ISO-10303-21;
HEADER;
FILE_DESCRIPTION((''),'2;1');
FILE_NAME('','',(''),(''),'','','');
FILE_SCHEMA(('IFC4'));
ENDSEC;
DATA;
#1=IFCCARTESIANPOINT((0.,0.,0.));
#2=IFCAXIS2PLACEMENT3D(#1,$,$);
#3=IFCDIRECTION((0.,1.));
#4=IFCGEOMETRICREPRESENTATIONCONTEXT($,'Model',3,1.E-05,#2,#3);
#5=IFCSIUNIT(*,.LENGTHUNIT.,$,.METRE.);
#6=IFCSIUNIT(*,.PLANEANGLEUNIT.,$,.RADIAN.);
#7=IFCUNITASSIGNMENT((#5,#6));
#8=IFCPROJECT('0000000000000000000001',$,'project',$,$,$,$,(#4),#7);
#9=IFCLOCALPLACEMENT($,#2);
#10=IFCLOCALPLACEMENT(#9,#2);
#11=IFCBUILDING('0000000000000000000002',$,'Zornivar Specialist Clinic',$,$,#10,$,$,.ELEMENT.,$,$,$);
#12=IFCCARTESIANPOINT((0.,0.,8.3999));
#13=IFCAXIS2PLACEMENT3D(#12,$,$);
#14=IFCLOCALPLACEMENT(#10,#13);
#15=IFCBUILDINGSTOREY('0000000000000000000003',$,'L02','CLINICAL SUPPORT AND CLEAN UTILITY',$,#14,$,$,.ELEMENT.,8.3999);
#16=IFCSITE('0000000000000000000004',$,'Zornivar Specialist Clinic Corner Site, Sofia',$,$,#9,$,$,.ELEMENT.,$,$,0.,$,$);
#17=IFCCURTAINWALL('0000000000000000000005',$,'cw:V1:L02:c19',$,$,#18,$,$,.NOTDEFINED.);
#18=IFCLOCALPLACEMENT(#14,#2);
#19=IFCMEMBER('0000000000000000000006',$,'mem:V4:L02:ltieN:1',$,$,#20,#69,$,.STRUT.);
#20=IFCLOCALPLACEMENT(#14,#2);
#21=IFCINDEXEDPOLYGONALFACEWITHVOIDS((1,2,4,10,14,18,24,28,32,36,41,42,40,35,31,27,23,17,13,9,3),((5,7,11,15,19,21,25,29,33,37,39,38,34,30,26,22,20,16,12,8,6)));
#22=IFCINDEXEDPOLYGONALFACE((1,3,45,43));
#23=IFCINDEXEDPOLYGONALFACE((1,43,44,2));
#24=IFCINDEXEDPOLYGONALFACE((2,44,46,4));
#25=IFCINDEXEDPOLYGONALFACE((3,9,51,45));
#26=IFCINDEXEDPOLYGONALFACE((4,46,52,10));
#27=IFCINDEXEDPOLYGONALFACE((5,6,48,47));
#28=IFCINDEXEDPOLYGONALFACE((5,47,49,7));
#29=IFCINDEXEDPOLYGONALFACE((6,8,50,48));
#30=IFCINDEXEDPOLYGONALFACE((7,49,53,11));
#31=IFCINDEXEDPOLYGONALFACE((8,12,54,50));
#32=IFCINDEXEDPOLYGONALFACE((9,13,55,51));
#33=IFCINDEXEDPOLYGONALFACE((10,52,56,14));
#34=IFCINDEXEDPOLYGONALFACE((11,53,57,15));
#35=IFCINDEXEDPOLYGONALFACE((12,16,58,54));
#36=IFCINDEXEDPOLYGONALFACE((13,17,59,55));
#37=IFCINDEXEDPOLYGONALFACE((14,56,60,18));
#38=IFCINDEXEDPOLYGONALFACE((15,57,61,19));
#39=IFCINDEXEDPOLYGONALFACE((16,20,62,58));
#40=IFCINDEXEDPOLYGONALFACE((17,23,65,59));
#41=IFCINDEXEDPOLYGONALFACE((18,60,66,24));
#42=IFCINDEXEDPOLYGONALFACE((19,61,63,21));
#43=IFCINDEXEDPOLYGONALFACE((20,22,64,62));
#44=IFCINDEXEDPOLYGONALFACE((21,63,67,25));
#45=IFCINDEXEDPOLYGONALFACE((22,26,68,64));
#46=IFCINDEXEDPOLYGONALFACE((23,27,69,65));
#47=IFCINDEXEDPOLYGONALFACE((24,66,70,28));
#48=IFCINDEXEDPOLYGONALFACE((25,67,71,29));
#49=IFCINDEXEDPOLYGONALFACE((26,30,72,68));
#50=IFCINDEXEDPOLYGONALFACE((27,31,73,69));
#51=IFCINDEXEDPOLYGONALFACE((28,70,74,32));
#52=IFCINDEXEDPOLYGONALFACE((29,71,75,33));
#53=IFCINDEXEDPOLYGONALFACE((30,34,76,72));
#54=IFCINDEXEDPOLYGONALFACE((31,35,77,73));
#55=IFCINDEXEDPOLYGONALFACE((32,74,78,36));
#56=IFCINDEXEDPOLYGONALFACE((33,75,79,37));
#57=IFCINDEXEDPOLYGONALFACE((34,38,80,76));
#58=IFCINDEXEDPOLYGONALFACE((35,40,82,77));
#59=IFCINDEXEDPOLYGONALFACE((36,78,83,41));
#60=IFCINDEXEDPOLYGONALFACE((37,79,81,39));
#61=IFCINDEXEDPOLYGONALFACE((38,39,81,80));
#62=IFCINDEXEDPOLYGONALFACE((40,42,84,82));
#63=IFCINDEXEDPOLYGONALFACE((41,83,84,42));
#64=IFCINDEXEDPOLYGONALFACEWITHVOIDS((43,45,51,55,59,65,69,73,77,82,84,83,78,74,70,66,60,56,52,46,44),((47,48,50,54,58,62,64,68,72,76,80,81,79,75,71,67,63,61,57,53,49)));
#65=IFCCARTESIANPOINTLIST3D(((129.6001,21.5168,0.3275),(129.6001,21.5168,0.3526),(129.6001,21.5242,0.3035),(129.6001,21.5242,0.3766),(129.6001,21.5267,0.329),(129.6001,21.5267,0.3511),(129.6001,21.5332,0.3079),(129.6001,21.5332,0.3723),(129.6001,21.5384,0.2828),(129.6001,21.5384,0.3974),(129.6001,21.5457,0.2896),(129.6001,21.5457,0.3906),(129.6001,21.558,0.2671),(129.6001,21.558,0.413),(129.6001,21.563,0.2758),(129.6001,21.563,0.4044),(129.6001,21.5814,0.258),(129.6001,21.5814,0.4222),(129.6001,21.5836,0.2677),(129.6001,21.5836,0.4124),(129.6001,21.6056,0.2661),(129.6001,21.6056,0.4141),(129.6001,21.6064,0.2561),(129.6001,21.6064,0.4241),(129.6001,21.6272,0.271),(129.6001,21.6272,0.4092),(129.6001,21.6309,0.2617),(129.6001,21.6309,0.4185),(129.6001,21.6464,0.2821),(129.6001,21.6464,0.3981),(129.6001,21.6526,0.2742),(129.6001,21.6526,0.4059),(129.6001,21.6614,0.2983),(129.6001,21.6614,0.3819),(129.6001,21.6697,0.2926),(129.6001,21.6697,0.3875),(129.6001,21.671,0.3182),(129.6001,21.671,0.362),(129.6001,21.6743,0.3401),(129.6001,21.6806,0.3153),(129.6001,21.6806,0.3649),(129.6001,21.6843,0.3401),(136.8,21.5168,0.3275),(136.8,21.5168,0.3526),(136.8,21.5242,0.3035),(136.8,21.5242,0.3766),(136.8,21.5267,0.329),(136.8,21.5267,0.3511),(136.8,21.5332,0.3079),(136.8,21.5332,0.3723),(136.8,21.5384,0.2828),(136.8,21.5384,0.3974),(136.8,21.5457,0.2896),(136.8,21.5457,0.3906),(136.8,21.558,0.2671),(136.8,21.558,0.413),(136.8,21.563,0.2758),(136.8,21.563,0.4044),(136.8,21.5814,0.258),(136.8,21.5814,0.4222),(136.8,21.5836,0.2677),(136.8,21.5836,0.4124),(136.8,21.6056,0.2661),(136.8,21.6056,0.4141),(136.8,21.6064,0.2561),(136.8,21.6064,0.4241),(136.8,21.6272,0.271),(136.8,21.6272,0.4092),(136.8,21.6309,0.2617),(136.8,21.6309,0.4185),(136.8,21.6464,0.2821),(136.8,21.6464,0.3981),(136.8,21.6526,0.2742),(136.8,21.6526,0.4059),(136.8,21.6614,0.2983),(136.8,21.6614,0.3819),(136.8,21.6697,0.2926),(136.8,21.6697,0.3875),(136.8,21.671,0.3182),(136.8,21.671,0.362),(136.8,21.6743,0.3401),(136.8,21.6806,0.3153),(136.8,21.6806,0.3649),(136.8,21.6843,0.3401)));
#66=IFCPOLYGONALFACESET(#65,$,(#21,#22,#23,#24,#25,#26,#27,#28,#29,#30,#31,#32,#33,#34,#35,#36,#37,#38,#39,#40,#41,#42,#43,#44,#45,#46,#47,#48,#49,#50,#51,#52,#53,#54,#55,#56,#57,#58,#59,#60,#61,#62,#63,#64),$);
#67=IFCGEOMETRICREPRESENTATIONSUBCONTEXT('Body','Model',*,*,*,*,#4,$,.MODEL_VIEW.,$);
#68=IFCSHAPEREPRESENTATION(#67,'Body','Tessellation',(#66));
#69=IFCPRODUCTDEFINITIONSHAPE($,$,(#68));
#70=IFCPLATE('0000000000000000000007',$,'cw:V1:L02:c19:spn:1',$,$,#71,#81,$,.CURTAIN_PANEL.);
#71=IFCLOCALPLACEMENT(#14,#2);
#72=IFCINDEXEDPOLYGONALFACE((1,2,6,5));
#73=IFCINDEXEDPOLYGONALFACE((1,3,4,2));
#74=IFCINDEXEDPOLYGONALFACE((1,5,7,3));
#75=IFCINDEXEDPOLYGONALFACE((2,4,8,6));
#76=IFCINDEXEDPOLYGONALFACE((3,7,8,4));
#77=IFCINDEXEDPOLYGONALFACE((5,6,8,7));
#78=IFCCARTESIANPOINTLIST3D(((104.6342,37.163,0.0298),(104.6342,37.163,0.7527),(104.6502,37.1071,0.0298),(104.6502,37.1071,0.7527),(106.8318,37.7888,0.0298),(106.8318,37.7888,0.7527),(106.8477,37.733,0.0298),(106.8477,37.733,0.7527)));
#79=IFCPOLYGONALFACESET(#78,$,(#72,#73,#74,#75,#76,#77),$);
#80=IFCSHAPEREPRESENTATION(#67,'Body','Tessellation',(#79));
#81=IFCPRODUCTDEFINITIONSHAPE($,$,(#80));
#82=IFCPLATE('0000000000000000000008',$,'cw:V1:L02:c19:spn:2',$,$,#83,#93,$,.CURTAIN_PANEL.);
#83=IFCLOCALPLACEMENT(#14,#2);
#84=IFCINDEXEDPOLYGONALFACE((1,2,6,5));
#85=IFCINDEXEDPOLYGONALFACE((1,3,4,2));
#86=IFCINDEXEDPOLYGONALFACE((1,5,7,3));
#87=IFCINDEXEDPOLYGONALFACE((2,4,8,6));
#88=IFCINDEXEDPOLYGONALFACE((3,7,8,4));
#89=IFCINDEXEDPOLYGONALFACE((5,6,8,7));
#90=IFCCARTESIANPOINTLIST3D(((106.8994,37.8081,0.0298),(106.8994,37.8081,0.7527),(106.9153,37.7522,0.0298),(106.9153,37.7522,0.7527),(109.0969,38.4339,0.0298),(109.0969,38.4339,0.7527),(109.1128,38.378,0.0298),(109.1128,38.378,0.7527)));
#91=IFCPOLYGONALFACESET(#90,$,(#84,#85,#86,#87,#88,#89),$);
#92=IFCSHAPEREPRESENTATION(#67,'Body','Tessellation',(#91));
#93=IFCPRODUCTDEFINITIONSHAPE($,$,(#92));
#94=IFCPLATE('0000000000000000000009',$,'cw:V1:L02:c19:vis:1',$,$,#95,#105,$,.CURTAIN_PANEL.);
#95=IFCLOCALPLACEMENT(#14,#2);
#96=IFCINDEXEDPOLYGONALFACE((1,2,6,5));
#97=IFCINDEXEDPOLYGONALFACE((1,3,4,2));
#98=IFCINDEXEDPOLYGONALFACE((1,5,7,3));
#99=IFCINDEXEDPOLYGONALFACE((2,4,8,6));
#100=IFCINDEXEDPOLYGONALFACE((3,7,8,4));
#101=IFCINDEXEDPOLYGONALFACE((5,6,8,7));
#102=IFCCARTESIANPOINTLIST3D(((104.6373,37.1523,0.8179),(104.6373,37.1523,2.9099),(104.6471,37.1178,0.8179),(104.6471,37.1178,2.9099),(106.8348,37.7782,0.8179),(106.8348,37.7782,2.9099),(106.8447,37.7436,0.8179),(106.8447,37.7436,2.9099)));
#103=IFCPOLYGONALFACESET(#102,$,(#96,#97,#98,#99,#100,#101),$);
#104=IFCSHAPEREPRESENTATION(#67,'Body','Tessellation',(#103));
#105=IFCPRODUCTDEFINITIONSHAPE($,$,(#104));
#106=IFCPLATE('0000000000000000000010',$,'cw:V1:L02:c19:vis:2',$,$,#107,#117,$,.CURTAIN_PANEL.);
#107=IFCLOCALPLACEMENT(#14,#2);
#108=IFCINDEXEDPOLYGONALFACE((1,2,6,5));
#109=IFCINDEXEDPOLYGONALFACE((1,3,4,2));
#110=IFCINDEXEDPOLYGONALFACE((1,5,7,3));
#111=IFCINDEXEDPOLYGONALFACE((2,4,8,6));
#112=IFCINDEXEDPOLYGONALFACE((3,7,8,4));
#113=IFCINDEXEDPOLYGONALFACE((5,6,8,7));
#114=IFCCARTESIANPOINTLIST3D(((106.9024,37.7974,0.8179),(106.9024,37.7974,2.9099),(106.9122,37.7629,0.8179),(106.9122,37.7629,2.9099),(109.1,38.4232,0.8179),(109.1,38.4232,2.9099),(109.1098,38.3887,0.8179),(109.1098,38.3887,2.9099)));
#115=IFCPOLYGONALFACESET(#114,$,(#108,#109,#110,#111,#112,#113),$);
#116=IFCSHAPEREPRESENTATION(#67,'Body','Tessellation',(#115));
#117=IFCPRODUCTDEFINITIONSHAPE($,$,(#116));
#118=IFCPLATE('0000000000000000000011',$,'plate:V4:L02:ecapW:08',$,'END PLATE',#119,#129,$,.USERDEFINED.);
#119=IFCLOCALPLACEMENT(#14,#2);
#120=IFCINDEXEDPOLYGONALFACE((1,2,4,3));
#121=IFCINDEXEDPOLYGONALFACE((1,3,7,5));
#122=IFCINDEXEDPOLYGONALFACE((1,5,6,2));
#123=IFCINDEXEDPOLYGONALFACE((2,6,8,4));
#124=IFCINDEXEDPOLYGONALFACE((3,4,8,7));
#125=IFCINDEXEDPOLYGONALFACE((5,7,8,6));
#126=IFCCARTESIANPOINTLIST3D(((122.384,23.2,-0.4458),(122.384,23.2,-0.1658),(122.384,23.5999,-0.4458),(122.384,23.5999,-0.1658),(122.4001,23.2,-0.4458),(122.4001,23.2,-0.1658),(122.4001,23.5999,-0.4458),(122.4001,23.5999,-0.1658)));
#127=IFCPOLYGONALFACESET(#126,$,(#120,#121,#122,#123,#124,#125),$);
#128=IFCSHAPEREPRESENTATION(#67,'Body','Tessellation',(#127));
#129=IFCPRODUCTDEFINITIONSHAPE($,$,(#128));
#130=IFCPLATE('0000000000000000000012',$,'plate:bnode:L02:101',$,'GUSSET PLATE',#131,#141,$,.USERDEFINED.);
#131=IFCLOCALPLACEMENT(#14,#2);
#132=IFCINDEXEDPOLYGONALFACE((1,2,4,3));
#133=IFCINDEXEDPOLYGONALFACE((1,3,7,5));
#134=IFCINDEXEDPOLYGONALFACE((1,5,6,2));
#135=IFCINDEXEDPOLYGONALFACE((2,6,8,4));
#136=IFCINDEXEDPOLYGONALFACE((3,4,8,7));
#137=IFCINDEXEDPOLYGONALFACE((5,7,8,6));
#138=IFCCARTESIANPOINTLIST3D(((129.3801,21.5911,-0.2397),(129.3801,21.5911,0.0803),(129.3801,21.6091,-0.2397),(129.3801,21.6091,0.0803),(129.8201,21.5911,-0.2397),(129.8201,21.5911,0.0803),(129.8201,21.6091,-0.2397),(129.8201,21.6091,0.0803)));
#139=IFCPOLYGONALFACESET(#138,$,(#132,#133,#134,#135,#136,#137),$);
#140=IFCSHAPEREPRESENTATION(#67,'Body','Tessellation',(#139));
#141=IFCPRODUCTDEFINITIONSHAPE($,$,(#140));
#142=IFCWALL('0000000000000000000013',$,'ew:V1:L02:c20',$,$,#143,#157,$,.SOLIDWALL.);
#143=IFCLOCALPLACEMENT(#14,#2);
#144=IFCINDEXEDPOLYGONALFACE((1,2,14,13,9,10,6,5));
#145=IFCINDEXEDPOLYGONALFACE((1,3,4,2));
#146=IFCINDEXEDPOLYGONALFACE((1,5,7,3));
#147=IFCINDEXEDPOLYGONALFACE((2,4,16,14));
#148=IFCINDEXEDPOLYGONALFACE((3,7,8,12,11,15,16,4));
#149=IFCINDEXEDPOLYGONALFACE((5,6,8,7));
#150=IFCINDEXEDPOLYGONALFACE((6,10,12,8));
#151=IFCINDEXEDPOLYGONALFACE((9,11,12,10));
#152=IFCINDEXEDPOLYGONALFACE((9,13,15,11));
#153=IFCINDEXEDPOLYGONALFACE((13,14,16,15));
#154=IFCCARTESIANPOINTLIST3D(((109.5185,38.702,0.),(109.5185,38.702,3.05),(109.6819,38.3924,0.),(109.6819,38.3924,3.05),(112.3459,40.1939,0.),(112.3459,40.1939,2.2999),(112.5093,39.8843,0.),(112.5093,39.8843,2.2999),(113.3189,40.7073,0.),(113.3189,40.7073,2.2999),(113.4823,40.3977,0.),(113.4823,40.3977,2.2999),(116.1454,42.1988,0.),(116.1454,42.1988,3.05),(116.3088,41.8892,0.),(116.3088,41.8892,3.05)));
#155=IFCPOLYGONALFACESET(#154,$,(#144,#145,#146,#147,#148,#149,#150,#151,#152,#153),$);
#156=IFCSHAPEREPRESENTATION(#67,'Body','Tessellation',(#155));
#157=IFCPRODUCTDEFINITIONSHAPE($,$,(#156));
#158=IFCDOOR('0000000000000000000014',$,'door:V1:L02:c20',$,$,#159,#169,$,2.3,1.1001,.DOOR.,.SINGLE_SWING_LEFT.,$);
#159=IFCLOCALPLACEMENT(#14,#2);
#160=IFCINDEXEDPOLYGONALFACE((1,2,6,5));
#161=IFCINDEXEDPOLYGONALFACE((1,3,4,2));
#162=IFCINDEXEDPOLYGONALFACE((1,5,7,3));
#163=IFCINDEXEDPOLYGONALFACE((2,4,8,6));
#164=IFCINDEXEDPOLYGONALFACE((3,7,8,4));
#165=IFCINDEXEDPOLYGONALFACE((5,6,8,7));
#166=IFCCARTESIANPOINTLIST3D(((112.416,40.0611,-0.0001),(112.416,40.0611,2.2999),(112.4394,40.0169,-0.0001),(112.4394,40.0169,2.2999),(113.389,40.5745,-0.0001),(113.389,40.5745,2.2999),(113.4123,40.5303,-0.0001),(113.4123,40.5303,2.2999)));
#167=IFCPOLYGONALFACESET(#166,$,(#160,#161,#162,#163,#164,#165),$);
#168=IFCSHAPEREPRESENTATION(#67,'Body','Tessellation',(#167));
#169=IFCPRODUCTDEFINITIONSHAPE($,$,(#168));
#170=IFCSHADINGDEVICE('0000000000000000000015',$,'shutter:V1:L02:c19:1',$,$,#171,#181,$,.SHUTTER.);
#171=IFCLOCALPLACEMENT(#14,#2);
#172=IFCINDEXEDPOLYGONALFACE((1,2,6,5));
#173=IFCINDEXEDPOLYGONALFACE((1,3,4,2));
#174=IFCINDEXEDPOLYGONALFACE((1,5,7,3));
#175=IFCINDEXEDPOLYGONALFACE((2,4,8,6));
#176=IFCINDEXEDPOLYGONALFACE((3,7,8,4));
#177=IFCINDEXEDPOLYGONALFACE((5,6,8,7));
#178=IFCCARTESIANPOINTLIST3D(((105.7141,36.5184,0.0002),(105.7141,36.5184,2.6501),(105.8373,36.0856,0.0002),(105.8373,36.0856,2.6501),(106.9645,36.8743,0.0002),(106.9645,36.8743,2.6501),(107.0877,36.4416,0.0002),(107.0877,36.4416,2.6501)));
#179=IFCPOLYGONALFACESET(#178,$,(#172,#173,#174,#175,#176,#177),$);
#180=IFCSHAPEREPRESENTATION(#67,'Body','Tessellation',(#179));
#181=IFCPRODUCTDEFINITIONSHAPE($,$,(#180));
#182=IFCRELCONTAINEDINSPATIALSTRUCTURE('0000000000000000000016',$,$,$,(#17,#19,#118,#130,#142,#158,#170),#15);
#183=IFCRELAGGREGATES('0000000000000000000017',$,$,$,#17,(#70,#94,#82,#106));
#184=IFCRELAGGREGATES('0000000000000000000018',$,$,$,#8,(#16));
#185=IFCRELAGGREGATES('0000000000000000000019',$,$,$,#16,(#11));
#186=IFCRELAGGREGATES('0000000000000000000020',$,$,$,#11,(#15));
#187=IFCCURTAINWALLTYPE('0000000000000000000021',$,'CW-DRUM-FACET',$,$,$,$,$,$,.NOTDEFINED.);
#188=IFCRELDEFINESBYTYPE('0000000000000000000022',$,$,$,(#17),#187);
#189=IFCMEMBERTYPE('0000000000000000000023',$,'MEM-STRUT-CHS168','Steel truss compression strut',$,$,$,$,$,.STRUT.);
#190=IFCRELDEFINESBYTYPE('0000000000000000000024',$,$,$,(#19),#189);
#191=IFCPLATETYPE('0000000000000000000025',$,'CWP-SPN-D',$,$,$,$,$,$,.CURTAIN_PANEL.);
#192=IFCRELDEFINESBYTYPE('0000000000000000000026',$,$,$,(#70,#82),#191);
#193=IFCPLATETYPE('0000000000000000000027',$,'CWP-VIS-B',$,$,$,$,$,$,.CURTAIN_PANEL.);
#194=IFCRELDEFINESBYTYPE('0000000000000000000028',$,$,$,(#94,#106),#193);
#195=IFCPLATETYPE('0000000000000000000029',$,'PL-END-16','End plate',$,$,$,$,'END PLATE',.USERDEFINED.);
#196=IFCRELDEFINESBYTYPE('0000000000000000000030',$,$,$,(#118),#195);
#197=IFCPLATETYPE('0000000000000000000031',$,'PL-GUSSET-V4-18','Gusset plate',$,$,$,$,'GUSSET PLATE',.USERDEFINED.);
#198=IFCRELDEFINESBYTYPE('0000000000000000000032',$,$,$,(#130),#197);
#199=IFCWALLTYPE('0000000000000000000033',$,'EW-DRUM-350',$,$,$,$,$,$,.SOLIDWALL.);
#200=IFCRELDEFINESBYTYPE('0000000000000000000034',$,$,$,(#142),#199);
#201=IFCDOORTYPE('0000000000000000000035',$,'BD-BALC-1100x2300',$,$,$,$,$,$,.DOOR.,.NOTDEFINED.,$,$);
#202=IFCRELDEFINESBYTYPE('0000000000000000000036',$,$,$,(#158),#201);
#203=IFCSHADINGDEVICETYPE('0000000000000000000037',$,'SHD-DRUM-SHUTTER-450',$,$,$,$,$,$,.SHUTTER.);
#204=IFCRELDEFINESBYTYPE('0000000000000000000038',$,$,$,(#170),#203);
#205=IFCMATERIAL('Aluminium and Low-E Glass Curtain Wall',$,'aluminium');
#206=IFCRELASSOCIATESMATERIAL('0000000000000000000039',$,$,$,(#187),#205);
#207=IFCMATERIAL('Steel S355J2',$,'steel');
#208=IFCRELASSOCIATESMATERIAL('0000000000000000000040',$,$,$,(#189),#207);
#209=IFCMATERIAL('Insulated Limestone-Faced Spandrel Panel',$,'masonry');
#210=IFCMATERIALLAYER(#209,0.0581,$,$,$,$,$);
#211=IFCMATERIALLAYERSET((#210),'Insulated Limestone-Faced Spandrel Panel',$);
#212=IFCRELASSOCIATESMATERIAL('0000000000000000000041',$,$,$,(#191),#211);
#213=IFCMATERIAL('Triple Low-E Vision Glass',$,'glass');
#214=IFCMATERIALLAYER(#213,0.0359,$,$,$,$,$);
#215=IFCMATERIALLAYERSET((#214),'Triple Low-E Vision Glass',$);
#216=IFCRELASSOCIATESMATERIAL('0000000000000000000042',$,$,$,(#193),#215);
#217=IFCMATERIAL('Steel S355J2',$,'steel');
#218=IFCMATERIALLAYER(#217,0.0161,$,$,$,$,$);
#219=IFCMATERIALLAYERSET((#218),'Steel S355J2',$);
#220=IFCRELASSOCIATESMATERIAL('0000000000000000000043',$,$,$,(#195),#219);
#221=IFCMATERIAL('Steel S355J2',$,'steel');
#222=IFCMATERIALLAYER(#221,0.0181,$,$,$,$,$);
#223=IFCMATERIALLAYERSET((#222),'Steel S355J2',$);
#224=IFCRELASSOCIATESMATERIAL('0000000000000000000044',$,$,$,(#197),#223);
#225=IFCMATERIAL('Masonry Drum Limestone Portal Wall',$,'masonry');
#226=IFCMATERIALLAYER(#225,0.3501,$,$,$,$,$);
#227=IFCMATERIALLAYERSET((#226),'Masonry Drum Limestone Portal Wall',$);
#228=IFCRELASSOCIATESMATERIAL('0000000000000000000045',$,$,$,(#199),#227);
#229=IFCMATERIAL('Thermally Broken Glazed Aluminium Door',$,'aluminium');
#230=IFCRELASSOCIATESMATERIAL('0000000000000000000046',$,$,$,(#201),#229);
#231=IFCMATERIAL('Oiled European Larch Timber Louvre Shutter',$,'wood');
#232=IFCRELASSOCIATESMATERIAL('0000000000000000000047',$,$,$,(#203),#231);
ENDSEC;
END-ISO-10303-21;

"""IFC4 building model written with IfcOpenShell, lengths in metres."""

from ifc_helpers import new_model, si_unit, direction, frame, frame_2d, origin, origin_2d, place, context, subcontext, project, spatial, rectangle, hollow_circle, extrude, material, layer, layer_set, material_profile, profile_set, type_object, element, fill, aggregate, save


model = new_model("IFC4")

# Units and contexts
model_context = context("Model", 3, precision=1e-05, world=origin(), true_north=direction((0.0, 1.0)))
body_context = subcontext(model_context, "Body", "Model", "MODEL_VIEW")
ifc_project = project(units=[si_unit("LENGTHUNIT", "METRE"), si_unit("PLANEANGLEUNIT", "RADIAN")], contexts=[model_context])

# Site, building, storey
site_placement = place(None, origin())
site = spatial("IfcSite", under=ifc_project, at=site_placement, Name="Zornivar Specialist Clinic Corner Site, Sofia", CompositionType="ELEMENT", RefElevation=0.0)
building_placement = place(site_placement, origin())
building = spatial("IfcBuilding", under=site, at=building_placement, Name="Zornivar Specialist Clinic", CompositionType="ELEMENT")
storey_placement = place(building_placement, frame((0.0, 0.0, 8.3999)))
storey = spatial("IfcBuildingStorey", under=building, at=storey_placement, Name="L02", Description="CLINICAL SUPPORT AND CLEAN UTILITY", CompositionType="ELEMENT", Elevation=8.3999)

# Curtain wall
ifc_material_1 = material(Name="Aluminium and Low-E Glass Curtain Wall", Category="aluminium")
curtain_wall_type = type_object("IfcCurtainWallType", Name="CW-DRUM-FACET", PredefinedType="NOTDEFINED", material=ifc_material_1)
curtain_wall_placement = place(storey_placement, origin())
curtain_wall = element("IfcCurtainWall", 1, at=curtain_wall_placement, inside=storey, type_object=curtain_wall_type, Name="cw:V1:L02:c19", PredefinedType="NOTDEFINED")

# Member
ifc_material_2 = material(Name="Steel S355J2", Category="steel")
ifc_material_profile_1 = material_profile(ifc_material_2, hollow_circle(Radius=0.0842, WallThickness=0.01, at=origin_2d()), Name="CHS 168.3x10")
ifc_profile_set_1 = profile_set([ifc_material_profile_1], Name="Steel S355J2")
member_type_1 = type_object("IfcMemberType", Name="MEM-STRUT-CHS168", Description="Steel truss compression strut", PredefinedType="STRUT", material=ifc_profile_set_1)
member_1_placement = place(storey_placement, frame((129.6001, 21.6001, 0.3401), z_axis=(1.0, 0.0, 0.0), x_axis=(0.0, 1.0, 0.0)))
element("IfcMember", 2, at=member_1_placement, inside=storey, type_object=member_type_1, Name="mem:V4:L02:ltieN:1", PredefinedType="STRUT", context=body_context, shape_type="SweptSolid", body=[
    extrude(hollow_circle(Radius=0.0842, WallThickness=0.01, at=origin_2d()), origin(), (0.0, 0.0, 1.0), 7.2),
])

# Plates
ifc_material_3 = material(Name="Insulated Limestone-Faced Spandrel Panel", Category="masonry")
ifc_layer_1 = layer(ifc_material_3, 0.0581)
ifc_layer_set_1 = layer_set([ifc_layer_1], Name="Insulated Limestone-Faced Spandrel Panel")
plate_type_1 = type_object("IfcPlateType", Name="CWP-SPN-D", PredefinedType="CURTAIN_PANEL", material=ifc_layer_set_1)
plate_1_placement = place(storey_placement, frame((105.741, 37.448, 0.0298), z_axis=(0.0, 0.0, 1.0), x_axis=(0.961761, 0.273889, 0.0)))
plate_1 = element("IfcPlate", 3, at=plate_1_placement, type_object=plate_type_1, Name="cw:V1:L02:c19:spn:1", PredefinedType="CURTAIN_PANEL", context=body_context, shape_type="SweptSolid", body=[
    extrude(rectangle(XDim=2.2849, YDim=0.0581, at=origin_2d()), origin(), (0.0, 0.0, 1.0), 0.7229),
])
plate_2_placement = place(storey_placement, frame((108.0061, 38.093, 0.0298), z_axis=(0.0, 0.0, 1.0), x_axis=(0.961761, 0.273889, 0.0)))
plate_2 = element("IfcPlate", 4, at=plate_2_placement, type_object=plate_type_1, Name="cw:V1:L02:c19:spn:2", PredefinedType="CURTAIN_PANEL", context=body_context, shape_type="SweptSolid", body=[
    extrude(rectangle(XDim=2.2849, YDim=0.0581, at=origin_2d()), origin(), (0.0, 0.0, 1.0), 0.7229),
])
ifc_material_4 = material(Name="Triple Low-E Vision Glass", Category="glass")
ifc_layer_2 = layer(ifc_material_4, 0.0359)
ifc_layer_set_2 = layer_set([ifc_layer_2], Name="Triple Low-E Vision Glass")
plate_type_2 = type_object("IfcPlateType", Name="CWP-VIS-B", PredefinedType="CURTAIN_PANEL", material=ifc_layer_set_2)
plate_3_placement = place(storey_placement, frame((105.741, 37.448, 0.8179), z_axis=(0.0, 0.0, 1.0), x_axis=(0.961761, 0.273889, 0.0)))
plate_3 = element("IfcPlate", 5, at=plate_3_placement, type_object=plate_type_2, Name="cw:V1:L02:c19:vis:1", PredefinedType="CURTAIN_PANEL", context=body_context, shape_type="SweptSolid", body=[
    extrude(rectangle(XDim=2.2849, YDim=0.0359, at=origin_2d()), origin(), (0.0, 0.0, 1.0), 2.092),
])
plate_4_placement = place(storey_placement, frame((108.0061, 38.093, 0.8179), z_axis=(0.0, 0.0, 1.0), x_axis=(0.961761, 0.273889, 0.0)))
plate_4 = element("IfcPlate", 6, at=plate_4_placement, type_object=plate_type_2, Name="cw:V1:L02:c19:vis:2", PredefinedType="CURTAIN_PANEL", context=body_context, shape_type="SweptSolid", body=[
    extrude(rectangle(XDim=2.2849, YDim=0.0359, at=origin_2d()), origin(), (0.0, 0.0, 1.0), 2.092),
])
aggregate(curtain_wall, [plate_1, plate_3, plate_2, plate_4])

# Plates
ifc_material_5 = material(Name="Steel S355J2", Category="steel")
ifc_layer_3 = layer(ifc_material_5, 0.0161)
ifc_layer_set_3 = layer_set([ifc_layer_3], Name="Steel S355J2")
plate_type_3 = type_object("IfcPlateType", Name="PL-END-16", Description="End plate", ElementType="END PLATE", PredefinedType="USERDEFINED", material=ifc_layer_set_3)
plate_5_placement = place(storey_placement, frame((122.3921, 23.3999, -0.4458), z_axis=(0.0, 0.0, 1.0), x_axis=(1.0, 0.0, 0.0)))
element("IfcPlate", 7, at=plate_5_placement, inside=storey, type_object=plate_type_3, Name="plate:V4:L02:ecapW:08", ObjectType="END PLATE", PredefinedType="USERDEFINED", context=body_context, shape_type="SweptSolid", body=[
    extrude(rectangle(XDim=0.0161, YDim=0.3999, at=origin_2d()), origin(), (0.0, 0.0, 1.0), 0.28),
])
ifc_material_6 = material(Name="Steel S355J2", Category="steel")
ifc_layer_4 = layer(ifc_material_6, 0.0181)
ifc_layer_set_4 = layer_set([ifc_layer_4], Name="Steel S355J2")
plate_type_4 = type_object("IfcPlateType", Name="PL-GUSSET-V4-18", Description="Gusset plate", ElementType="GUSSET PLATE", PredefinedType="USERDEFINED", material=ifc_layer_set_4)
plate_6_placement = place(storey_placement, frame((129.6001, 21.6001, -0.2397), z_axis=(0.0, 0.0, 1.0), x_axis=(1.0, 0.0, 0.0)))
element("IfcPlate", 8, at=plate_6_placement, inside=storey, type_object=plate_type_4, Name="plate:bnode:L02:101", ObjectType="GUSSET PLATE", PredefinedType="USERDEFINED", context=body_context, shape_type="SweptSolid", body=[
    extrude(rectangle(XDim=0.4399, YDim=0.0181, at=origin_2d()), origin(), (0.0, 0.0, 1.0), 0.3201),
])

# Wall, opening, door
ifc_material_7 = material(Name="Masonry Drum Limestone Portal Wall", Category="masonry")
ifc_layer_5 = layer(ifc_material_7, 0.3501)
ifc_layer_set_5 = layer_set([ifc_layer_5], Name="Masonry Drum Limestone Portal Wall")
wall_type = type_object("IfcWallType", Name="EW-DRUM-350", PredefinedType="SOLIDWALL", material=ifc_layer_set_5)
wall_placement = place(storey_placement, frame((109.6001, 38.5471, 0.0), z_axis=(0.0, 0.0, 1.0), x_axis=(0.884425, 0.466682, 0.0)))
wall = element("IfcWall", 9, at=wall_placement, inside=storey, type_object=wall_type, Name="ew:V1:L02:c20", PredefinedType="SOLIDWALL", context=body_context, shape_type="SweptSolid", body=[
    extrude(rectangle(XDim=7.4929, YDim=0.3501, at=frame_2d((3.7466, 0.0))), origin(), (0.0, 0.0, 1.0), 3.05),
])
opening_placement = place(wall_placement, frame((3.197, 0.0, 0.0)))
opening = element("IfcOpeningElement", 10, at=opening_placement, cuts=wall, PredefinedType="OPENING", context=body_context, shape_type="SweptSolid", body=[
    extrude(rectangle(XDim=1.1001, YDim=2.3, at=frame_2d((0.55, 1.1499))), frame((0.0, 0.1851, 0.0), z_axis=(0.0, -1.0, 0.0), x_axis=(1.0, 0.0, 0.0)), (0.0, 0.0, 1.0), 0.3701),
])
ifc_material_8 = material(Name="Thermally Broken Glazed Aluminium Door", Category="aluminium")
door_type = type_object("IfcDoorType", Name="BD-BALC-1100x2300", OperationType="NOTDEFINED", PredefinedType="DOOR", material=ifc_material_8)
door_placement = place(opening_placement, origin())
door = element("IfcDoor", 11, at=door_placement, inside=storey, type_object=door_type, Name="door:V1:L02:c20", OperationType="SINGLE_SWING_LEFT", OverallHeight=2.3, OverallWidth=1.1001, PredefinedType="DOOR", context=body_context, shape_type="SweptSolid", body=[
    extrude(rectangle(XDim=1.1001, YDim=2.3, at=frame_2d((0.55, 1.1499))), frame((0.0, 0.0249, 0.0), z_axis=(0.0, -1.0, 0.0), x_axis=(1.0, 0.0, 0.0)), (0.0, 0.0, 1.0), 0.05),
])
fill(opening, door)

# Shading device
ifc_material_9 = material(Name="Oiled European Larch Timber Louvre Shutter", Category="wood")
shading_device_type = type_object("IfcShadingDeviceType", Name="SHD-DRUM-SHUTTER-450", PredefinedType="SHUTTER", material=ifc_material_9)
for number, where, z_axis, x_axis, name in (
    (12, (106.4009, 36.48, 0.0002), (0.0, 0.0, 1.0), (0.961785, 0.273805, 0.0), "shutter:V1:L02:c19:1"),
):
    element("IfcShadingDevice", number, at=place(storey_placement, frame(where, z_axis=z_axis, x_axis=x_axis)), inside=storey, type_object=shading_device_type, Name=name, PredefinedType="SHUTTER", context=body_context, shape_type="SweptSolid", body=[
        extrude(rectangle(XDim=1.3, YDim=0.45, at=origin_2d()), origin(), (0.0, 0.0, 1.0), 2.6499),
    ])

save(model, "model.ifc")
